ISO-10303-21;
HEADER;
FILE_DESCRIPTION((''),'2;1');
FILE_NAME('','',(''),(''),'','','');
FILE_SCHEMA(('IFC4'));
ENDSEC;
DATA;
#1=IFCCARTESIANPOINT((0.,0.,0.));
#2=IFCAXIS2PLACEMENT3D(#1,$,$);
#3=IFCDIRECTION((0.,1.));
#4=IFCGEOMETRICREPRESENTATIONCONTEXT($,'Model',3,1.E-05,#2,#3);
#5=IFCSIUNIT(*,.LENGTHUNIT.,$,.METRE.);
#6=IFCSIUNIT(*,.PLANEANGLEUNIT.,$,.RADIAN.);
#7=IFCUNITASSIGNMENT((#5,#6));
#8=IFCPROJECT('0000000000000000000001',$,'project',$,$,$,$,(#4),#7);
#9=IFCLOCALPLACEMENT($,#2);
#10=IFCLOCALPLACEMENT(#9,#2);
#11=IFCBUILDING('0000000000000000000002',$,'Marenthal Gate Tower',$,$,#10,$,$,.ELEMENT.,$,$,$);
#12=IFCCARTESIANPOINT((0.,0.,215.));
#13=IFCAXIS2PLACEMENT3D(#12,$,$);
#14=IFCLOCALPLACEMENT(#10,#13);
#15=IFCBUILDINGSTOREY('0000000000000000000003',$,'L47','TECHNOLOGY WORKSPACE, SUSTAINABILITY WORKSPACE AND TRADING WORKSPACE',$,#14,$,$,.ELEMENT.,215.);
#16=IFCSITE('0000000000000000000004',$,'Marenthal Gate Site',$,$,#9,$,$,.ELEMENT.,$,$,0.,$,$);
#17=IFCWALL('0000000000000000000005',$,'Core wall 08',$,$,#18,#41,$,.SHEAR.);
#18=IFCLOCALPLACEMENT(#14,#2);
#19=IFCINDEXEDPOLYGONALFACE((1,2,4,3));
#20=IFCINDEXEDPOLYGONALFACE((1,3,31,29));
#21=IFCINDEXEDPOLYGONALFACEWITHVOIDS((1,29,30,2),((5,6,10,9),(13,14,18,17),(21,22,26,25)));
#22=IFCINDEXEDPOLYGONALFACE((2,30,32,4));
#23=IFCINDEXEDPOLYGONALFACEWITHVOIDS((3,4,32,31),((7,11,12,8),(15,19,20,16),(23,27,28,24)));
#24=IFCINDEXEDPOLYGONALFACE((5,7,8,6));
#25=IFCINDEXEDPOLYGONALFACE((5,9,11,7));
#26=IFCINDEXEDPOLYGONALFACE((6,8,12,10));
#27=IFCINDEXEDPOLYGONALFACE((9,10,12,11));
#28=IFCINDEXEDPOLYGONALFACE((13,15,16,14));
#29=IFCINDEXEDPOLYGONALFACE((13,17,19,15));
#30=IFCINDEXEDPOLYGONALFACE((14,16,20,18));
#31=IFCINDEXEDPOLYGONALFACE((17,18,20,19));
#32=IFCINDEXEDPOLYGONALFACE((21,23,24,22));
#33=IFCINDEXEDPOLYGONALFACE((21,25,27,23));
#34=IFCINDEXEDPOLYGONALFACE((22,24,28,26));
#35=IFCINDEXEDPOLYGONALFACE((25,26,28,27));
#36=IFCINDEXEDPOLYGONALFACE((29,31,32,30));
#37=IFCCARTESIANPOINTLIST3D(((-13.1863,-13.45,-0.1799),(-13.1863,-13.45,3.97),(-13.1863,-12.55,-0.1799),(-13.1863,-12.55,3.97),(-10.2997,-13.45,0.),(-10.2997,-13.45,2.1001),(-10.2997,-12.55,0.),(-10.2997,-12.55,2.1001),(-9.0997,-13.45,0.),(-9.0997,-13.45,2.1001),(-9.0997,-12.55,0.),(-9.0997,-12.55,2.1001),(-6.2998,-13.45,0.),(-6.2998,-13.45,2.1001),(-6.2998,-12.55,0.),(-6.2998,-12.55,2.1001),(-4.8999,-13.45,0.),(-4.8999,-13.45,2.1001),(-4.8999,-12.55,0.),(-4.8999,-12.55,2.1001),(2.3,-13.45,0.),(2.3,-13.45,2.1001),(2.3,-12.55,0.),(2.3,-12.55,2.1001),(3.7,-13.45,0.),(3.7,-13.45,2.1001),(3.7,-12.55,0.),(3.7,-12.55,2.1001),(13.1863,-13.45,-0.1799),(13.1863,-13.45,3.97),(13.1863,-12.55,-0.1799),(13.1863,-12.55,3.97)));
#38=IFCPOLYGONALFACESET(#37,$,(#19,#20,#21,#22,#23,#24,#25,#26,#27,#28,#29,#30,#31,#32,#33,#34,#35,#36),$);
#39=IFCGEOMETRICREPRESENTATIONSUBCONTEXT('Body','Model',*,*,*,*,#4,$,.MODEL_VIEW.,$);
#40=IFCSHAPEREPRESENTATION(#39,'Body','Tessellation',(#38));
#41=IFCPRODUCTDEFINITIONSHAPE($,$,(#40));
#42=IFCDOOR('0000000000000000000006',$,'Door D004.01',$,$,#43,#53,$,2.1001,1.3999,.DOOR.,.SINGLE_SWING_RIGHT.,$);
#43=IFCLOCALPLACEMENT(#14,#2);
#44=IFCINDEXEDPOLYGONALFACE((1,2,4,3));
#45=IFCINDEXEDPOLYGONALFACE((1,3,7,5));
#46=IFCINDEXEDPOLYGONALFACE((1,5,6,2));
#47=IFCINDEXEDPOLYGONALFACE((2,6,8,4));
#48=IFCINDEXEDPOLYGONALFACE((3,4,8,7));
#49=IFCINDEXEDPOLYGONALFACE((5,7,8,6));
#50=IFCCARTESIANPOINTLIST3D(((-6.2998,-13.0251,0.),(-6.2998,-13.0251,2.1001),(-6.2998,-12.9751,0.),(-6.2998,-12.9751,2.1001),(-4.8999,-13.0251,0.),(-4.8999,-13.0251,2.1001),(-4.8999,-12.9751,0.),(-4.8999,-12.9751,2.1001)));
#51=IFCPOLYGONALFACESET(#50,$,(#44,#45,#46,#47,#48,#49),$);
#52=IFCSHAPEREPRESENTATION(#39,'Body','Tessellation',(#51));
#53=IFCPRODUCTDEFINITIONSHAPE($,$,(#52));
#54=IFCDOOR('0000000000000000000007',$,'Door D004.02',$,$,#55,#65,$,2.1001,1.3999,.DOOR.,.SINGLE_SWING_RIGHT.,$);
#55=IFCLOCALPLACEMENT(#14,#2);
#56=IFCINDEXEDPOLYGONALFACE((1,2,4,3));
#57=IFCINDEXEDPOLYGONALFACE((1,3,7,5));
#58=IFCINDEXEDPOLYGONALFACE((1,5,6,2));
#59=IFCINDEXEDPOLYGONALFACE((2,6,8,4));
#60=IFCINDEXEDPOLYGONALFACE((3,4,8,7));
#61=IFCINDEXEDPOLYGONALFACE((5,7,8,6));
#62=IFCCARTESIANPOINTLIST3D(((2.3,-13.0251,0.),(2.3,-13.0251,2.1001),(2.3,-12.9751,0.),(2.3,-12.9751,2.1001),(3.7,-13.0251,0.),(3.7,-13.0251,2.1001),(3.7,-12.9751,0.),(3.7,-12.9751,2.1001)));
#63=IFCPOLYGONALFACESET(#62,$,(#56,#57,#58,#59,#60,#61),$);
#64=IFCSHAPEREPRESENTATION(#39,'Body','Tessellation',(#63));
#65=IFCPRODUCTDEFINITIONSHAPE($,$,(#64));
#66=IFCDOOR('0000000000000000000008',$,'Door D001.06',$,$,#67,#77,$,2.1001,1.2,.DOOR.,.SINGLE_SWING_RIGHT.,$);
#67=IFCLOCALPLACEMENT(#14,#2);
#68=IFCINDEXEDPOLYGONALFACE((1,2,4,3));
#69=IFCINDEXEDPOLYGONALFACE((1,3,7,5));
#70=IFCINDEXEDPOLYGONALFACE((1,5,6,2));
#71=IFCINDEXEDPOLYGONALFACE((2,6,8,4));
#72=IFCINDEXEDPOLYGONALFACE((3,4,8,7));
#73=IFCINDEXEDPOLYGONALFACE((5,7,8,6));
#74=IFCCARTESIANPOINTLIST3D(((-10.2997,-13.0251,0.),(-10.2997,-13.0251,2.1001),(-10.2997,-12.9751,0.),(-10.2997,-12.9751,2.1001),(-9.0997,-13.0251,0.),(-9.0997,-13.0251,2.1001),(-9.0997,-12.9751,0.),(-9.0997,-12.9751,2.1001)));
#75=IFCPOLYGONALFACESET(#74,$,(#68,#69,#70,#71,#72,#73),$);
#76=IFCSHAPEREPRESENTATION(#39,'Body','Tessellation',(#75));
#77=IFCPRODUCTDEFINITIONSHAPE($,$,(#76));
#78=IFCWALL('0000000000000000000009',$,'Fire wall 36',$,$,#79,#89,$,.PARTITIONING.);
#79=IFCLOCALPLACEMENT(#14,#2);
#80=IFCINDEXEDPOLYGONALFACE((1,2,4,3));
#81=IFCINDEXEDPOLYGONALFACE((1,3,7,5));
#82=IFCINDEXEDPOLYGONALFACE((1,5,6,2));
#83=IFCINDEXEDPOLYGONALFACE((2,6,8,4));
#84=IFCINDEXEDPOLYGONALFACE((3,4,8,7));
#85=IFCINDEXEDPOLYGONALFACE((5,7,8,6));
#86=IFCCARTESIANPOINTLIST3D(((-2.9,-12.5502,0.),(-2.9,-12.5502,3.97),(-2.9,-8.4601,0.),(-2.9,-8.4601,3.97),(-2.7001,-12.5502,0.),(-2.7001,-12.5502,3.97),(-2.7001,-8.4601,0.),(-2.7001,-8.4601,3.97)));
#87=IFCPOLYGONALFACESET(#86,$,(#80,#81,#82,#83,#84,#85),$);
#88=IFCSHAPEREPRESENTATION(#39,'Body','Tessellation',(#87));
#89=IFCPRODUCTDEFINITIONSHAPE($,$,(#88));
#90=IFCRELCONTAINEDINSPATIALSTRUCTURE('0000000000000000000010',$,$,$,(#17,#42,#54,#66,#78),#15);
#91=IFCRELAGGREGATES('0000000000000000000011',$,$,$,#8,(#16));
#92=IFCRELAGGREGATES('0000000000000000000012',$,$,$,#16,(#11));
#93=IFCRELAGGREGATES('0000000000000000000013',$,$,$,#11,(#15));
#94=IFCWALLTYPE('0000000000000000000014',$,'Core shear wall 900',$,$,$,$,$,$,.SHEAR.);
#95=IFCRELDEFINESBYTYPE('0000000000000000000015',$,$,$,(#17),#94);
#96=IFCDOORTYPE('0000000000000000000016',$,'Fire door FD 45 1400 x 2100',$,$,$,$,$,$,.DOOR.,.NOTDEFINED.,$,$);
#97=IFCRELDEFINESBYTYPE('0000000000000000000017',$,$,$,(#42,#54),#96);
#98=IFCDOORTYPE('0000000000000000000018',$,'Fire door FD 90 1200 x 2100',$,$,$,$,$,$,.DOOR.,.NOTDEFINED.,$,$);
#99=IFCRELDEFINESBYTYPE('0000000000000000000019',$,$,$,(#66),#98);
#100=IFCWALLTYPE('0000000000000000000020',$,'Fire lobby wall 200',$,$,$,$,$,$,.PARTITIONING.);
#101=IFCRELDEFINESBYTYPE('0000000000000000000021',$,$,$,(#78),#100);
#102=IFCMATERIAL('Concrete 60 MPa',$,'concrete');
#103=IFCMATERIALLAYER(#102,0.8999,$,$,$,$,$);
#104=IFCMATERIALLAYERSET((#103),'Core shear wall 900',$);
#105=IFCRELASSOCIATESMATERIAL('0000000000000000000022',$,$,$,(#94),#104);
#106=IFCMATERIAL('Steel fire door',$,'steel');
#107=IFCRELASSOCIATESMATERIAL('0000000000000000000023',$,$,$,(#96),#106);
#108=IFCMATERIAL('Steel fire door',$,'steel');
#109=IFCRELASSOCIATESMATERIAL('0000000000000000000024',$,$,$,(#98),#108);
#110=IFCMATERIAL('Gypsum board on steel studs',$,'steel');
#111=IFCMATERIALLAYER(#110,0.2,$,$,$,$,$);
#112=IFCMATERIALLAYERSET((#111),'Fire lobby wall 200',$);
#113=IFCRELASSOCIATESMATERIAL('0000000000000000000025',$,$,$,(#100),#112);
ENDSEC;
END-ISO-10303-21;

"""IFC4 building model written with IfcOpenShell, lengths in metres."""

from ifc_helpers import new_model, si_unit, direction, frame, frame_2d, origin, place, context, subcontext, project, spatial, rectangle, extrude, material, layer, layer_set, type_object, element, fill, save


model = new_model("IFC4")

# Units and contexts
model_context = context("Model", 3, precision=1e-05, world=origin(), true_north=direction((0.0, 1.0)))
body_context = subcontext(model_context, "Body", "Model", "MODEL_VIEW")
ifc_project = project(units=[si_unit("LENGTHUNIT", "METRE"), si_unit("PLANEANGLEUNIT", "RADIAN")], contexts=[model_context])

# Site, building, storey
site_placement = place(None, origin())
site = spatial("IfcSite", under=ifc_project, at=site_placement, Name="Marenthal Gate Site", CompositionType="ELEMENT", RefElevation=0.0)
building_placement = place(site_placement, origin())
building = spatial("IfcBuilding", under=site, at=building_placement, Name="Marenthal Gate Tower", CompositionType="ELEMENT")
storey_placement = place(building_placement, frame((0.0, 0.0, 215.0)))
storey = spatial("IfcBuildingStorey", under=building, at=storey_placement, Name="L47", Description="TECHNOLOGY WORKSPACE, SUSTAINABILITY WORKSPACE AND TRADING WORKSPACE", CompositionType="ELEMENT", Elevation=215.0)

# Wall, openings, doors
ifc_material_1 = material(Name="Concrete 60 MPa", Category="concrete")
ifc_layer_1 = layer(ifc_material_1, 0.8999)
ifc_layer_set_1 = layer_set([ifc_layer_1], Name="Core shear wall 900")
wall_type_1 = type_object("IfcWallType", Name="Core shear wall 900", PredefinedType="SHEAR", material=ifc_layer_set_1)
wall_1_placement = place(storey_placement, frame((-13.1863, -13.0, -0.1799), z_axis=(0.0, 0.0, 1.0), x_axis=(1.0, 0.0, 0.0)))
wall_1 = element("IfcWall", 1, at=wall_1_placement, inside=storey, type_object=wall_type_1, Name="Core wall 08", PredefinedType="SHEAR", context=body_context, shape_type="SweptSolid", body=[
    extrude(rectangle(XDim=26.3726, YDim=0.8999, at=frame_2d((13.1863, 0.0))), origin(), (0.0, 0.0, 1.0), 4.1499),
])
opening_1_placement = place(wall_1_placement, frame((2.8865, 0.0, 0.1799)))
opening_1 = element("IfcOpeningElement", 2, at=opening_1_placement, cuts=wall_1, PredefinedType="OPENING", context=body_context, shape_type="SweptSolid", body=[
    extrude(rectangle(XDim=1.2, YDim=2.1001, at=frame_2d((0.6001, 1.05))), frame((0.0, 0.46, 0.0), z_axis=(0.0, -1.0, 0.0), x_axis=(1.0, 0.0, 0.0)), (0.0, 0.0, 1.0), 0.9199),
])
opening_2_placement = place(wall_1_placement, frame((6.8865, 0.0, 0.1799)))
opening_2 = element("IfcOpeningElement", 3, at=opening_2_placement, cuts=wall_1, PredefinedType="OPENING", context=body_context, shape_type="SweptSolid", body=[
    extrude(rectangle(XDim=1.3999, YDim=2.1001, at=frame_2d((0.7, 1.05))), frame((0.0, 0.46, 0.0), z_axis=(0.0, -1.0, 0.0), x_axis=(1.0, 0.0, 0.0)), (0.0, 0.0, 1.0), 0.9199),
])
opening_3_placement = place(wall_1_placement, frame((15.4863, 0.0, 0.1799)))
opening_3 = element("IfcOpeningElement", 4, at=opening_3_placement, cuts=wall_1, PredefinedType="OPENING", context=body_context, shape_type="SweptSolid", body=[
    extrude(rectangle(XDim=1.3999, YDim=2.1001, at=frame_2d((0.7, 1.05))), frame((0.0, 0.46, 0.0), z_axis=(0.0, -1.0, 0.0), x_axis=(1.0, 0.0, 0.0)), (0.0, 0.0, 1.0), 0.9199),
])
ifc_material_2 = material(Name="Steel fire door", Category="steel")
door_type_1 = type_object("IfcDoorType", Name="Fire door FD 45 1400 x 2100", OperationType="NOTDEFINED", PredefinedType="DOOR", material=ifc_material_2)
door_1_placement = place(opening_2_placement, origin())
door_1 = element("IfcDoor", 5, at=door_1_placement, inside=storey, type_object=door_type_1, Name="Door D004.01", OperationType="SINGLE_SWING_RIGHT", OverallHeight=2.1001, OverallWidth=1.3999, PredefinedType="DOOR", context=body_context, shape_type="SweptSolid", body=[
    extrude(rectangle(XDim=1.3999, YDim=2.1001, at=frame_2d((0.7, 1.05))), frame((0.0, 0.0249, 0.0), z_axis=(0.0, -1.0, 0.0), x_axis=(1.0, 0.0, 0.0)), (0.0, 0.0, 1.0), 0.05),
])
fill(opening_2, door_1)
door_2_placement = place(opening_3_placement, origin())
door_2 = element("IfcDoor", 6, at=door_2_placement, inside=storey, type_object=door_type_1, Name="Door D004.02", OperationType="SINGLE_SWING_RIGHT", OverallHeight=2.1001, OverallWidth=1.3999, PredefinedType="DOOR", context=body_context, shape_type="SweptSolid", body=[
    extrude(rectangle(XDim=1.3999, YDim=2.1001, at=frame_2d((0.7, 1.05))), frame((0.0, 0.0249, 0.0), z_axis=(0.0, -1.0, 0.0), x_axis=(1.0, 0.0, 0.0)), (0.0, 0.0, 1.0), 0.05),
])
fill(opening_3, door_2)
ifc_material_3 = material(Name="Steel fire door", Category="steel")
door_type_2 = type_object("IfcDoorType", Name="Fire door FD 90 1200 x 2100", OperationType="NOTDEFINED", PredefinedType="DOOR", material=ifc_material_3)
door_3_placement = place(opening_1_placement, origin())
door_3 = element("IfcDoor", 7, at=door_3_placement, inside=storey, type_object=door_type_2, Name="Door D001.06", OperationType="SINGLE_SWING_RIGHT", OverallHeight=2.1001, OverallWidth=1.2, PredefinedType="DOOR", context=body_context, shape_type="SweptSolid", body=[
    extrude(rectangle(XDim=1.2, YDim=2.1001, at=frame_2d((0.6001, 1.05))), frame((0.0, 0.0249, 0.0), z_axis=(0.0, -1.0, 0.0), x_axis=(1.0, 0.0, 0.0)), (0.0, 0.0, 1.0), 0.05),
])
fill(opening_1, door_3)

# Wall
ifc_material_4 = material(Name="Gypsum board on steel studs", Category="steel")
ifc_layer_2 = layer(ifc_material_4, 0.2)
ifc_layer_set_2 = layer_set([ifc_layer_2], Name="Fire lobby wall 200")
wall_type_2 = type_object("IfcWallType", Name="Fire lobby wall 200", PredefinedType="PARTITIONING", material=ifc_layer_set_2)
wall_2_placement = place(storey_placement, frame((-2.8, -12.55, 0.0), z_axis=(0.0, 0.0, 1.0), x_axis=(0.0, 1.0, 0.0)))
element("IfcWall", 8, at=wall_2_placement, inside=storey, type_object=wall_type_2, Name="Fire wall 36", PredefinedType="PARTITIONING", context=body_context, shape_type="SweptSolid", body=[
    extrude(rectangle(XDim=4.0901, YDim=0.2, at=frame_2d((2.0449, 0.0))), origin(), (0.0, 0.0, 1.0), 3.97),
])

save(model, "model.ifc")
